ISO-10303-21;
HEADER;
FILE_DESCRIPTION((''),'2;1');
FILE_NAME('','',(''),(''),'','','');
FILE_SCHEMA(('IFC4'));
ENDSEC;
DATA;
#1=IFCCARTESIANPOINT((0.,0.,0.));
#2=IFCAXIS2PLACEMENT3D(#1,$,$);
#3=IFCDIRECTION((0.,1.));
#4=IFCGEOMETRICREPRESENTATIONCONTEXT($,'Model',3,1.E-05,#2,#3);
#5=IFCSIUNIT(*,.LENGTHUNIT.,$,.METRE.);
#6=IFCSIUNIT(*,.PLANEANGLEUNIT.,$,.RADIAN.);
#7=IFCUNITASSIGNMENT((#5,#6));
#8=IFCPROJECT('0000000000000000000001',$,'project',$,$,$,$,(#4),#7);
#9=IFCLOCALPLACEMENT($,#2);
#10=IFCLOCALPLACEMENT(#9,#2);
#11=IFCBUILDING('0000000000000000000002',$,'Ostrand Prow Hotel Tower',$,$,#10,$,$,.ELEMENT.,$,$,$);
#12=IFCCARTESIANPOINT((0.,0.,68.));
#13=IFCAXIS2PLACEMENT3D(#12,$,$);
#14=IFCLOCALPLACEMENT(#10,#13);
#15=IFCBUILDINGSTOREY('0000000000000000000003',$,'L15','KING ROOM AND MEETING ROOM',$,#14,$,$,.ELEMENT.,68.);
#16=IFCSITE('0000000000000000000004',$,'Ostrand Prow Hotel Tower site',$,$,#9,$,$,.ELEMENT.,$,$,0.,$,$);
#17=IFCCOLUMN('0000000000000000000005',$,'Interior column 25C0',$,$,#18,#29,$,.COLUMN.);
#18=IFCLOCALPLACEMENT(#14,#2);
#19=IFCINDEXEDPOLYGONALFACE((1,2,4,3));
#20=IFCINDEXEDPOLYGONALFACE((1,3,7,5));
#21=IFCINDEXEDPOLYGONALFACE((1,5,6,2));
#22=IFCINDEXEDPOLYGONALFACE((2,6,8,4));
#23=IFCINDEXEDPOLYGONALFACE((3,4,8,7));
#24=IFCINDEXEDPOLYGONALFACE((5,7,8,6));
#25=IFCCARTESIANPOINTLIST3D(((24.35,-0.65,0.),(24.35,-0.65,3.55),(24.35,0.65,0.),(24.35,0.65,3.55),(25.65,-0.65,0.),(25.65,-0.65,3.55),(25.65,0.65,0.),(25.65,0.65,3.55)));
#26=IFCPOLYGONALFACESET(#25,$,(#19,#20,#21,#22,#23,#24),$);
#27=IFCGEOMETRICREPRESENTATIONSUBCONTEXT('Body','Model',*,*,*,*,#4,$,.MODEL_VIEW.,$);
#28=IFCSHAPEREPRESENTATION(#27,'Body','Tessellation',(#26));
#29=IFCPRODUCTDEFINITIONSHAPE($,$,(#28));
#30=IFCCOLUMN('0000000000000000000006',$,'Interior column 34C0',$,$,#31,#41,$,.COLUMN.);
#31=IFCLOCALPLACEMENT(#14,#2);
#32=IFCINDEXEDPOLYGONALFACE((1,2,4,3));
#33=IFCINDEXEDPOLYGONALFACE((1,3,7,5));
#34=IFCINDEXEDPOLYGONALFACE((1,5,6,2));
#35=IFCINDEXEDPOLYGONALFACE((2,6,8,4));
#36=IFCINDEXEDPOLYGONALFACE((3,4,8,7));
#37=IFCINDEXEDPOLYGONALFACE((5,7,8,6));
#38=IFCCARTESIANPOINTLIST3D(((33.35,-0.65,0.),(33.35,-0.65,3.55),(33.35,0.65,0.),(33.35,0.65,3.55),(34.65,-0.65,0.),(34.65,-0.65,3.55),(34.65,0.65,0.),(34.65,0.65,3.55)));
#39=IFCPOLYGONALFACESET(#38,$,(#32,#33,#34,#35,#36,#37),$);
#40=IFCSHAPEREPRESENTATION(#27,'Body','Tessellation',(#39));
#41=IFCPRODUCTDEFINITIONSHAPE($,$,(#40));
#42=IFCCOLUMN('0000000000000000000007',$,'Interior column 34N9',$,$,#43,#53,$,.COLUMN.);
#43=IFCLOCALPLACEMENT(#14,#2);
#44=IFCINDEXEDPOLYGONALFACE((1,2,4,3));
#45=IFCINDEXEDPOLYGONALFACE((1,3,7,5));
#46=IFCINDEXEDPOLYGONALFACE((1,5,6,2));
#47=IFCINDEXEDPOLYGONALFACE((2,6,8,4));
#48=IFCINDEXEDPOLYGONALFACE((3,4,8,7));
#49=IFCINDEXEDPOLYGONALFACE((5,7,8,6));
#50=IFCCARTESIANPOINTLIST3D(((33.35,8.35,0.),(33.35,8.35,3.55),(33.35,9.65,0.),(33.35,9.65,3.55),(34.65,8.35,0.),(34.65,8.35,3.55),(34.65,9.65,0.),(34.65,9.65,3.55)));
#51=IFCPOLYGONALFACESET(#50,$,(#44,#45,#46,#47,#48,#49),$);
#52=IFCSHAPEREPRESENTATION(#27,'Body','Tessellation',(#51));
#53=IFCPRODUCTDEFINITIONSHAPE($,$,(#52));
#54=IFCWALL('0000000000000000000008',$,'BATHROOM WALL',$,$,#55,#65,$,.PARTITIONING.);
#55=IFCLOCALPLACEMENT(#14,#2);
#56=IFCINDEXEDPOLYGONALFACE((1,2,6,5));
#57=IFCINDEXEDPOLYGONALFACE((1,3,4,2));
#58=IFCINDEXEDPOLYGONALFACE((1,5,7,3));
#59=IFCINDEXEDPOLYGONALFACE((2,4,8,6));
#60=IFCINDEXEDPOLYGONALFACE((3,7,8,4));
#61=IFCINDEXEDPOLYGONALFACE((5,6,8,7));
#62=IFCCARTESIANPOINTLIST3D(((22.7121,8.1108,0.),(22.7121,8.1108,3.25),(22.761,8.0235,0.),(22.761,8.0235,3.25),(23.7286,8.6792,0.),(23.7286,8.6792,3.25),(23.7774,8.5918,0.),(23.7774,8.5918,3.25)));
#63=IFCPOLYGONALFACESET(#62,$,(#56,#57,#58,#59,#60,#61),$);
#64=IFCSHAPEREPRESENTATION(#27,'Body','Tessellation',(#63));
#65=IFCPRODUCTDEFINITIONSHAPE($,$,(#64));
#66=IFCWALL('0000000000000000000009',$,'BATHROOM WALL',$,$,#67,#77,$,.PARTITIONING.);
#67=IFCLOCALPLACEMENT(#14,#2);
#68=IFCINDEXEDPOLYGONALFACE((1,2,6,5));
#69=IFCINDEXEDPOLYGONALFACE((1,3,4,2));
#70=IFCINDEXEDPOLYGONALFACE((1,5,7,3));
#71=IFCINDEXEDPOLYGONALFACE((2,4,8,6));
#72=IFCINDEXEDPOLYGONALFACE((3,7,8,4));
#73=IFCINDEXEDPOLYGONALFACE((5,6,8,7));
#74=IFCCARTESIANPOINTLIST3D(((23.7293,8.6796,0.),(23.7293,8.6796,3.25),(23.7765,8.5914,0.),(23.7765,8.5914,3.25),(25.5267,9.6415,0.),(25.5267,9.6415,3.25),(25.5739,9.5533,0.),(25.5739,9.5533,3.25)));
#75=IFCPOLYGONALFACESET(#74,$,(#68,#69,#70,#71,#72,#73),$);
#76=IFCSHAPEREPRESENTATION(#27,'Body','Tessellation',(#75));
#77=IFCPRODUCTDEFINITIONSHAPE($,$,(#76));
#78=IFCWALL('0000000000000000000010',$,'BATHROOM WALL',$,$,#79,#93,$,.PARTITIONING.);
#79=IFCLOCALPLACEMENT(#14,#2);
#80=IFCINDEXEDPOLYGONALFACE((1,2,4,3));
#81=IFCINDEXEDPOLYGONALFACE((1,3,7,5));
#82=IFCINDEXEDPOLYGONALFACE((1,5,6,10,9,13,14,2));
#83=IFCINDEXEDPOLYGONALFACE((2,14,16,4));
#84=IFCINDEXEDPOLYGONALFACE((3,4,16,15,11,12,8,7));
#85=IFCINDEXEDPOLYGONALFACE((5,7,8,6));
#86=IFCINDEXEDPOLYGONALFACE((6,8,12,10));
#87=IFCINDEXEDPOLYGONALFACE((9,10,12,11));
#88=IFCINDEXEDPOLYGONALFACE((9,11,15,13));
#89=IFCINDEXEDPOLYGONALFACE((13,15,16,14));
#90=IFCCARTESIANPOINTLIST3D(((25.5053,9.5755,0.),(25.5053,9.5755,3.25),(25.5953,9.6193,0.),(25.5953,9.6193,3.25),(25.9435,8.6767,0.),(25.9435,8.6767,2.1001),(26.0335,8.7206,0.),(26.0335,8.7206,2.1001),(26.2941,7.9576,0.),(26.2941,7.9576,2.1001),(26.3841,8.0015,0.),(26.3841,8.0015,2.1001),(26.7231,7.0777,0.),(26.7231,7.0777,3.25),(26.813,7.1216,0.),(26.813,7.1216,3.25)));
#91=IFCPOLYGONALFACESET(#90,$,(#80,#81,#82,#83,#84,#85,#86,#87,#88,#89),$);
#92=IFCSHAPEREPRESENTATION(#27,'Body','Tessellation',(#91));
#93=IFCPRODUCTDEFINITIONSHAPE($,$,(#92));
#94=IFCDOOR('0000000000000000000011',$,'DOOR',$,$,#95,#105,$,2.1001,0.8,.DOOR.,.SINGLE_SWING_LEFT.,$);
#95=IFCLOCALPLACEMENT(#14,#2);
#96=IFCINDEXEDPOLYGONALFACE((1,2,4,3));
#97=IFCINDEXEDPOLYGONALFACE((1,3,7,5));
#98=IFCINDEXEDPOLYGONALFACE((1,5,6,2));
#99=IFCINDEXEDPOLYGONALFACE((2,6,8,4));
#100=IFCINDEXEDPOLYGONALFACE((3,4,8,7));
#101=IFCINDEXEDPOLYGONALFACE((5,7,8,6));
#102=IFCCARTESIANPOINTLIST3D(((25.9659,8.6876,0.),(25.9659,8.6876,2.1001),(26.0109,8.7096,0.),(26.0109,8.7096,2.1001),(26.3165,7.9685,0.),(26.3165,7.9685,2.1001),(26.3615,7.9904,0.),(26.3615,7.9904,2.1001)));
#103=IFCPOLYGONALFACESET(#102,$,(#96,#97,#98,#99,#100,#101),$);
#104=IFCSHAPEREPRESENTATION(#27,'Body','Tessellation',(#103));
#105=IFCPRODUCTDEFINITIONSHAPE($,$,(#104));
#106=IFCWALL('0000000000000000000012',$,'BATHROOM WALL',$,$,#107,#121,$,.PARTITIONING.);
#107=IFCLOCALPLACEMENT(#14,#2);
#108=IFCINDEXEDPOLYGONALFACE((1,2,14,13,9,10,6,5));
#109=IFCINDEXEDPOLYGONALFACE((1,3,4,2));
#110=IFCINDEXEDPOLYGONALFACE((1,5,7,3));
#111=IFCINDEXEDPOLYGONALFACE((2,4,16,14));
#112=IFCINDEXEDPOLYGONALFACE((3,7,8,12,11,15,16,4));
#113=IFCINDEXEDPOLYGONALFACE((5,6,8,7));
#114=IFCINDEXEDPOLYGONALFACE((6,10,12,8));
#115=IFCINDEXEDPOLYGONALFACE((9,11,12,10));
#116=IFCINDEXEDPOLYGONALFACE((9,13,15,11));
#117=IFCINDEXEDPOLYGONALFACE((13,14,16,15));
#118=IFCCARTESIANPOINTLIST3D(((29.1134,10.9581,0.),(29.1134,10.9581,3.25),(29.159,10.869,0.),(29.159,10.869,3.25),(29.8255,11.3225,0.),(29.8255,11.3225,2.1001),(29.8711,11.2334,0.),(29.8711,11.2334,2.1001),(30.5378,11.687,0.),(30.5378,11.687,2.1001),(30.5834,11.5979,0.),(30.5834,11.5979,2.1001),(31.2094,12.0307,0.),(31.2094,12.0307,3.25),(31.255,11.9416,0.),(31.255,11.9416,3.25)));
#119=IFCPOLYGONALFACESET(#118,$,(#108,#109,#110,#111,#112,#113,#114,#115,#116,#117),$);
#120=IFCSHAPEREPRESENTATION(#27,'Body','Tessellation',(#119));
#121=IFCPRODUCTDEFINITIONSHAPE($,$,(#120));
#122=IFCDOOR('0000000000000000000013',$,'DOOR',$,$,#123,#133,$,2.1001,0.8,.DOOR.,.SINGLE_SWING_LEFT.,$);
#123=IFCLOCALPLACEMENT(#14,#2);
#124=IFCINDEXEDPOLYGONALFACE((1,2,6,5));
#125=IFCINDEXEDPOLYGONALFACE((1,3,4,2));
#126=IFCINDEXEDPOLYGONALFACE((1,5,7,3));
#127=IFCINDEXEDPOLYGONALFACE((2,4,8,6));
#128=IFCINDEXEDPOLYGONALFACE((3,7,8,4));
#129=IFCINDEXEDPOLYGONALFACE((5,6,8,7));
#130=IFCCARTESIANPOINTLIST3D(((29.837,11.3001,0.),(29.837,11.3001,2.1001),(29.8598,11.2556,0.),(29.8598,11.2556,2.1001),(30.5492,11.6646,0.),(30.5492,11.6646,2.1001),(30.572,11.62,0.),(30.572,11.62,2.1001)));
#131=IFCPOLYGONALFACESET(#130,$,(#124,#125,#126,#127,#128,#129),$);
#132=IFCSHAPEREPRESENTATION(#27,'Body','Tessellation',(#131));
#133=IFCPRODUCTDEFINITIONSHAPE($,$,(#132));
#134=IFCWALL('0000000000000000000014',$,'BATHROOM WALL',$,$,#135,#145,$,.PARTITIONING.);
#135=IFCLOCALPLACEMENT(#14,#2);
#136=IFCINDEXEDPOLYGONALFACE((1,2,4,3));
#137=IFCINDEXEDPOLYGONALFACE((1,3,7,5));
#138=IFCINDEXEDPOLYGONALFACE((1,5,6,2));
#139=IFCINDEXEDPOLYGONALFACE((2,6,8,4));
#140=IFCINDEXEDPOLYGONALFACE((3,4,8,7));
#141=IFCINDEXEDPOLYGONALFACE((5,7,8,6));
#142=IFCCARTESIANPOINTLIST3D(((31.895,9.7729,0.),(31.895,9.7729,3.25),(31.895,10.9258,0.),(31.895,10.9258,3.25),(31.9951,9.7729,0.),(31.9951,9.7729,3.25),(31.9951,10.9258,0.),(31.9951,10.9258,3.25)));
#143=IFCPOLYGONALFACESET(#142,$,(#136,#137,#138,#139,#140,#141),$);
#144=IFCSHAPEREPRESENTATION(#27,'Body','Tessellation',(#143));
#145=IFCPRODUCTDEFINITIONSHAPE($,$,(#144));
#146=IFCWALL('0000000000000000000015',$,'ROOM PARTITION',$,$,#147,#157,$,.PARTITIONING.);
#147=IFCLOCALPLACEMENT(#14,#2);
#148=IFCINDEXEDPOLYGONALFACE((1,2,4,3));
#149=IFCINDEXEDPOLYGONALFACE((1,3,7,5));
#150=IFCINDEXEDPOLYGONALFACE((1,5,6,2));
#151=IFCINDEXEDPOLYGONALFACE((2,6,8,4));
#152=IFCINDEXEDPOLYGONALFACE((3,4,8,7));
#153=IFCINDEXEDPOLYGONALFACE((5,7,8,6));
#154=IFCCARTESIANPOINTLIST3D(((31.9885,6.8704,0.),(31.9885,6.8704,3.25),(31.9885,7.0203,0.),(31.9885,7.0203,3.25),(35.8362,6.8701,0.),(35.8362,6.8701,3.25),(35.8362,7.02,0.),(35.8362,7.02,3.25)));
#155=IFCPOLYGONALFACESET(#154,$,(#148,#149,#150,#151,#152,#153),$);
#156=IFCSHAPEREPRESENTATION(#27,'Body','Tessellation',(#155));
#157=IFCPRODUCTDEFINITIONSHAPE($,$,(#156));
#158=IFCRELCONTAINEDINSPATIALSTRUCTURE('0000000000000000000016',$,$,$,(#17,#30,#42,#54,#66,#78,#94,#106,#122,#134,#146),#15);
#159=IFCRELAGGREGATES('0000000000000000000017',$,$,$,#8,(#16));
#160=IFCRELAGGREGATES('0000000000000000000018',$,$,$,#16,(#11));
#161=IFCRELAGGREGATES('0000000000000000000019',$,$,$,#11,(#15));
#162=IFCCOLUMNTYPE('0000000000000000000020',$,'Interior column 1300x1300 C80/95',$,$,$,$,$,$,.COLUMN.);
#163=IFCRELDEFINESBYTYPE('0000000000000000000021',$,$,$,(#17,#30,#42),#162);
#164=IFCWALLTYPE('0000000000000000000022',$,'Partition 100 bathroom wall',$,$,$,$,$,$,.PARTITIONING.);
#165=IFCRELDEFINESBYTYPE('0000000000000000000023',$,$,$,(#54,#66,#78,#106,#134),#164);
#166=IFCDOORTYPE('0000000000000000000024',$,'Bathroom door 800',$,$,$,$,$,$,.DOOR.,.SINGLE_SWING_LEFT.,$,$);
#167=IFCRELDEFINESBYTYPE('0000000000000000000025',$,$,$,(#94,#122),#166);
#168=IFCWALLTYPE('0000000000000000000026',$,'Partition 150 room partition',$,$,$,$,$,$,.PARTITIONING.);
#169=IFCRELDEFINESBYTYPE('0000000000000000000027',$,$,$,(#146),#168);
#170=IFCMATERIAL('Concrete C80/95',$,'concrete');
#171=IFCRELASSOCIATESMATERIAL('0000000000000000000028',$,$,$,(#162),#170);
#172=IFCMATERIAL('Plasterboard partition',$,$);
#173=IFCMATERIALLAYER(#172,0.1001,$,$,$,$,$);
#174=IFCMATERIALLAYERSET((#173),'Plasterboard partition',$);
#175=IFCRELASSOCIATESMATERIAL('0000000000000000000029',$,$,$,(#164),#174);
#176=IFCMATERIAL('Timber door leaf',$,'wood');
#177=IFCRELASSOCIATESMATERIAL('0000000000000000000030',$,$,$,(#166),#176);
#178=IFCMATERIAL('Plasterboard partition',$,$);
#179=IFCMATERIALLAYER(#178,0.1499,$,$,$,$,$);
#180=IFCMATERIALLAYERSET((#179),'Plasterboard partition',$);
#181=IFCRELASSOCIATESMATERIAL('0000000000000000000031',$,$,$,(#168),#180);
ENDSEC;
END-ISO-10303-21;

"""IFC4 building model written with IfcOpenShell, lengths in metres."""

from ifc_helpers import new_model, si_unit, direction, frame, frame_2d, origin, origin_2d, place, context, subcontext, project, spatial, rectangle, extrude, material, layer, layer_set, material_profile, profile_set, type_object, element, fill, save


model = new_model("IFC4")

# Units and contexts
model_context = context("Model", 3, precision=1e-05, world=origin(), true_north=direction((0.0, 1.0)))
body_context = subcontext(model_context, "Body", "Model", "MODEL_VIEW")
ifc_project = project(units=[si_unit("LENGTHUNIT", "METRE"), si_unit("PLANEANGLEUNIT", "RADIAN")], contexts=[model_context])

# Site, building, storey
site_placement = place(None, origin())
site = spatial("IfcSite", under=ifc_project, at=site_placement, Name="Ostrand Prow Hotel Tower site", CompositionType="ELEMENT", RefElevation=0.0)
building_placement = place(site_placement, origin())
building = spatial("IfcBuilding", under=site, at=building_placement, Name="Ostrand Prow Hotel Tower", CompositionType="ELEMENT")
storey_placement = place(building_placement, frame((0.0, 0.0, 68.0)))
storey = spatial("IfcBuildingStorey", under=building, at=storey_placement, Name="L15", Description="KING ROOM AND MEETING ROOM", CompositionType="ELEMENT", Elevation=68.0)

# Columns
ifc_material_1 = material(Name="Concrete C80/95", Category="concrete")
ifc_material_profile = material_profile(ifc_material_1, rectangle(XDim=1.3, YDim=1.3, at=origin_2d()), Name="RC 1300x1300")
ifc_profile_set = profile_set([ifc_material_profile], Name="Concrete C80/95")
column_type = type_object("IfcColumnType", Name="Interior column 1300x1300 C80/95", PredefinedType="COLUMN", material=ifc_profile_set)
for number, where, z_axis, x_axis, name in (
    (1, (25.0, 0.0, 0.0), (0.0, 0.0, 1.0), (1.0, 0.0, 0.0), "Interior column 25C0"),
    (2, (34.0, 0.0, 0.0), (0.0, 0.0, 1.0), (1.0, 0.0, 0.0), "Interior column 34C0"),
    (3, (34.0, 9.0, 0.0), (0.0, 0.0, 1.0), (1.0, 0.0, 0.0), "Interior column 34N9"),
):
    element("IfcColumn", number, at=place(storey_placement, frame(where, z_axis=z_axis, x_axis=x_axis)), inside=storey, type_object=column_type, Name=name, PredefinedType="COLUMN", context=body_context, shape_type="SweptSolid", body=[
        extrude(rectangle(XDim=1.3, YDim=1.3, at=origin_2d()), origin(), (0.0, 0.0, 1.0), 3.55),
    ])

# Walls
ifc_material_2 = material(Name="Plasterboard partition")
ifc_layer_1 = layer(ifc_material_2, 0.1001)
ifc_layer_set_1 = layer_set([ifc_layer_1], Name="Plasterboard partition")
wall_type_1 = type_object("IfcWallType", Name="Partition 100 bathroom wall", PredefinedType="PARTITIONING", material=ifc_layer_set_1)
wall_1_placement = place(storey_placement, frame((22.7366, 8.0671, 0.0), z_axis=(0.0, 0.0, 1.0), x_axis=(0.872799, 0.48808, 0.0)))
element("IfcWall", 4, at=wall_1_placement, inside=storey, type_object=wall_type_1, Name="BATHROOM WALL", PredefinedType="PARTITIONING", context=body_context, shape_type="SweptSolid", body=[
    extrude(rectangle(XDim=1.1646, YDim=0.1001, at=frame_2d((0.5823, 0.0))), origin(), (0.0, 0.0, 1.0), 3.25),
])
wall_2_placement = place(storey_placement, frame((23.7529, 8.6355, 0.0), z_axis=(0.0, 0.0, 1.0), x_axis=(0.881676, 0.471856, 0.0)))
element("IfcWall", 5, at=wall_2_placement, inside=storey, type_object=wall_type_1, Name="BATHROOM WALL", PredefinedType="PARTITIONING", context=body_context, shape_type="SweptSolid", body=[
    extrude(rectangle(XDim=2.0386, YDim=0.1001, at=frame_2d((1.0193, 0.0))), origin(), (0.0, 0.0, 1.0), 3.25),
])

# Walls, openings, doors
wall_3_placement = place(storey_placement, frame((25.5503, 9.5974, 0.0), z_axis=(0.0, 0.0, 1.0), x_axis=(0.43823, -0.898863, 0.0)))
wall_3 = element("IfcWall", 6, at=wall_3_placement, inside=storey, type_object=wall_type_1, Name="BATHROOM WALL", PredefinedType="PARTITIONING", context=body_context, shape_type="SweptSolid", body=[
    extrude(rectangle(XDim=2.7788, YDim=0.1001, at=frame_2d((1.3894, 0.0))), origin(), (0.0, 0.0, 1.0), 3.25),
])
opening_1_placement = place(wall_3_placement, frame((1.0, 0.0, 0.0)))
opening_1 = element("IfcOpeningElement", 7, at=opening_1_placement, cuts=wall_3, PredefinedType="OPENING", context=body_context, shape_type="SweptSolid", body=[
    extrude(rectangle(XDim=0.8, YDim=2.1001, at=frame_2d((0.3999, 1.05))), frame((0.0, 0.0601, 0.0), z_axis=(0.0, -1.0, 0.0), x_axis=(1.0, 0.0, 0.0)), (0.0, 0.0, 1.0), 0.1201),
])
ifc_material_3 = material(Name="Timber door leaf", Category="wood")
door_type_1 = type_object("IfcDoorType", Name="Bathroom door 800", OperationType="SINGLE_SWING_LEFT", PredefinedType="DOOR", material=ifc_material_3)
door_1_placement = place(opening_1_placement, origin())
door_1 = element("IfcDoor", 8, at=door_1_placement, inside=storey, type_object=door_type_1, Name="DOOR", OperationType="SINGLE_SWING_LEFT", OverallHeight=2.1001, OverallWidth=0.8, PredefinedType="DOOR", context=body_context, shape_type="SweptSolid", body=[
    extrude(rectangle(XDim=0.8, YDim=2.1001, at=frame_2d((0.3999, 1.05))), frame((0.0, 0.0249, 0.0), z_axis=(0.0, -1.0, 0.0), x_axis=(1.0, 0.0, 0.0)), (0.0, 0.0, 1.0), 0.05),
])
fill(opening_1, door_1)
wall_4_placement = place(storey_placement, frame((29.1362, 10.9136, 0.0), z_axis=(0.0, 0.0, 1.0), x_axis=(0.89022, 0.455531, 0.0)))
wall_4 = element("IfcWall", 9, at=wall_4_placement, inside=storey, type_object=wall_type_1, Name="BATHROOM WALL", PredefinedType="PARTITIONING", context=body_context, shape_type="SweptSolid", body=[
    extrude(rectangle(XDim=2.3545, YDim=0.1001, at=frame_2d((1.1772, 0.0))), origin(), (0.0, 0.0, 1.0), 3.25),
])
opening_2_placement = place(wall_4_placement, frame((0.8, 0.0, 0.0)))
opening_2 = element("IfcOpeningElement", 10, at=opening_2_placement, cuts=wall_4, PredefinedType="OPENING", context=body_context, shape_type="SweptSolid", body=[
    extrude(rectangle(XDim=0.8, YDim=2.1001, at=frame_2d((0.3999, 1.05))), frame((0.0, 0.0601, 0.0), z_axis=(0.0, -1.0, 0.0), x_axis=(1.0, 0.0, 0.0)), (0.0, 0.0, 1.0), 0.1201),
])
door_2_placement = place(opening_2_placement, origin())
door_2 = element("IfcDoor", 11, at=door_2_placement, inside=storey, type_object=door_type_1, Name="DOOR", OperationType="SINGLE_SWING_LEFT", OverallHeight=2.1001, OverallWidth=0.8, PredefinedType="DOOR", context=body_context, shape_type="SweptSolid", body=[
    extrude(rectangle(XDim=0.8, YDim=2.1001, at=frame_2d((0.3999, 1.05))), frame((0.0, 0.0249, 0.0), z_axis=(0.0, -1.0, 0.0), x_axis=(1.0, 0.0, 0.0)), (0.0, 0.0, 1.0), 0.05),
])
fill(opening_2, door_2)

# Walls
wall_5_placement = place(storey_placement, frame((31.9451, 10.9258, 0.0), z_axis=(0.0, 0.0, 1.0), x_axis=(0.0, -1.0, 0.0)))
element("IfcWall", 12, at=wall_5_placement, inside=storey, type_object=wall_type_1, Name="BATHROOM WALL", PredefinedType="PARTITIONING", context=body_context, shape_type="SweptSolid", body=[
    extrude(rectangle(XDim=1.1528, YDim=0.1001, at=frame_2d((0.5764, 0.0))), origin(), (0.0, 0.0, 1.0), 3.25),
])
ifc_material_4 = material(Name="Plasterboard partition")
ifc_layer_2 = layer(ifc_material_4, 0.1499)
ifc_layer_set_2 = layer_set([ifc_layer_2], Name="Plasterboard partition")
wall_type_2 = type_object("IfcWallType", Name="Partition 150 room partition", PredefinedType="PARTITIONING", material=ifc_layer_set_2)
wall_6_placement = place(storey_placement, frame((31.9885, 6.9453, 0.0), z_axis=(0.0, 0.0, 1.0), x_axis=(1.0, -0.000063, 0.0)))
element("IfcWall", 13, at=wall_6_placement, inside=storey, type_object=wall_type_2, Name="ROOM PARTITION", PredefinedType="PARTITIONING", context=body_context, shape_type="SweptSolid", body=[
    extrude(rectangle(XDim=3.8477, YDim=0.1499, at=frame_2d((1.9238, 0.0))), origin(), (0.0, 0.0, 1.0), 3.25),
])

save(model, "model.ifc")
